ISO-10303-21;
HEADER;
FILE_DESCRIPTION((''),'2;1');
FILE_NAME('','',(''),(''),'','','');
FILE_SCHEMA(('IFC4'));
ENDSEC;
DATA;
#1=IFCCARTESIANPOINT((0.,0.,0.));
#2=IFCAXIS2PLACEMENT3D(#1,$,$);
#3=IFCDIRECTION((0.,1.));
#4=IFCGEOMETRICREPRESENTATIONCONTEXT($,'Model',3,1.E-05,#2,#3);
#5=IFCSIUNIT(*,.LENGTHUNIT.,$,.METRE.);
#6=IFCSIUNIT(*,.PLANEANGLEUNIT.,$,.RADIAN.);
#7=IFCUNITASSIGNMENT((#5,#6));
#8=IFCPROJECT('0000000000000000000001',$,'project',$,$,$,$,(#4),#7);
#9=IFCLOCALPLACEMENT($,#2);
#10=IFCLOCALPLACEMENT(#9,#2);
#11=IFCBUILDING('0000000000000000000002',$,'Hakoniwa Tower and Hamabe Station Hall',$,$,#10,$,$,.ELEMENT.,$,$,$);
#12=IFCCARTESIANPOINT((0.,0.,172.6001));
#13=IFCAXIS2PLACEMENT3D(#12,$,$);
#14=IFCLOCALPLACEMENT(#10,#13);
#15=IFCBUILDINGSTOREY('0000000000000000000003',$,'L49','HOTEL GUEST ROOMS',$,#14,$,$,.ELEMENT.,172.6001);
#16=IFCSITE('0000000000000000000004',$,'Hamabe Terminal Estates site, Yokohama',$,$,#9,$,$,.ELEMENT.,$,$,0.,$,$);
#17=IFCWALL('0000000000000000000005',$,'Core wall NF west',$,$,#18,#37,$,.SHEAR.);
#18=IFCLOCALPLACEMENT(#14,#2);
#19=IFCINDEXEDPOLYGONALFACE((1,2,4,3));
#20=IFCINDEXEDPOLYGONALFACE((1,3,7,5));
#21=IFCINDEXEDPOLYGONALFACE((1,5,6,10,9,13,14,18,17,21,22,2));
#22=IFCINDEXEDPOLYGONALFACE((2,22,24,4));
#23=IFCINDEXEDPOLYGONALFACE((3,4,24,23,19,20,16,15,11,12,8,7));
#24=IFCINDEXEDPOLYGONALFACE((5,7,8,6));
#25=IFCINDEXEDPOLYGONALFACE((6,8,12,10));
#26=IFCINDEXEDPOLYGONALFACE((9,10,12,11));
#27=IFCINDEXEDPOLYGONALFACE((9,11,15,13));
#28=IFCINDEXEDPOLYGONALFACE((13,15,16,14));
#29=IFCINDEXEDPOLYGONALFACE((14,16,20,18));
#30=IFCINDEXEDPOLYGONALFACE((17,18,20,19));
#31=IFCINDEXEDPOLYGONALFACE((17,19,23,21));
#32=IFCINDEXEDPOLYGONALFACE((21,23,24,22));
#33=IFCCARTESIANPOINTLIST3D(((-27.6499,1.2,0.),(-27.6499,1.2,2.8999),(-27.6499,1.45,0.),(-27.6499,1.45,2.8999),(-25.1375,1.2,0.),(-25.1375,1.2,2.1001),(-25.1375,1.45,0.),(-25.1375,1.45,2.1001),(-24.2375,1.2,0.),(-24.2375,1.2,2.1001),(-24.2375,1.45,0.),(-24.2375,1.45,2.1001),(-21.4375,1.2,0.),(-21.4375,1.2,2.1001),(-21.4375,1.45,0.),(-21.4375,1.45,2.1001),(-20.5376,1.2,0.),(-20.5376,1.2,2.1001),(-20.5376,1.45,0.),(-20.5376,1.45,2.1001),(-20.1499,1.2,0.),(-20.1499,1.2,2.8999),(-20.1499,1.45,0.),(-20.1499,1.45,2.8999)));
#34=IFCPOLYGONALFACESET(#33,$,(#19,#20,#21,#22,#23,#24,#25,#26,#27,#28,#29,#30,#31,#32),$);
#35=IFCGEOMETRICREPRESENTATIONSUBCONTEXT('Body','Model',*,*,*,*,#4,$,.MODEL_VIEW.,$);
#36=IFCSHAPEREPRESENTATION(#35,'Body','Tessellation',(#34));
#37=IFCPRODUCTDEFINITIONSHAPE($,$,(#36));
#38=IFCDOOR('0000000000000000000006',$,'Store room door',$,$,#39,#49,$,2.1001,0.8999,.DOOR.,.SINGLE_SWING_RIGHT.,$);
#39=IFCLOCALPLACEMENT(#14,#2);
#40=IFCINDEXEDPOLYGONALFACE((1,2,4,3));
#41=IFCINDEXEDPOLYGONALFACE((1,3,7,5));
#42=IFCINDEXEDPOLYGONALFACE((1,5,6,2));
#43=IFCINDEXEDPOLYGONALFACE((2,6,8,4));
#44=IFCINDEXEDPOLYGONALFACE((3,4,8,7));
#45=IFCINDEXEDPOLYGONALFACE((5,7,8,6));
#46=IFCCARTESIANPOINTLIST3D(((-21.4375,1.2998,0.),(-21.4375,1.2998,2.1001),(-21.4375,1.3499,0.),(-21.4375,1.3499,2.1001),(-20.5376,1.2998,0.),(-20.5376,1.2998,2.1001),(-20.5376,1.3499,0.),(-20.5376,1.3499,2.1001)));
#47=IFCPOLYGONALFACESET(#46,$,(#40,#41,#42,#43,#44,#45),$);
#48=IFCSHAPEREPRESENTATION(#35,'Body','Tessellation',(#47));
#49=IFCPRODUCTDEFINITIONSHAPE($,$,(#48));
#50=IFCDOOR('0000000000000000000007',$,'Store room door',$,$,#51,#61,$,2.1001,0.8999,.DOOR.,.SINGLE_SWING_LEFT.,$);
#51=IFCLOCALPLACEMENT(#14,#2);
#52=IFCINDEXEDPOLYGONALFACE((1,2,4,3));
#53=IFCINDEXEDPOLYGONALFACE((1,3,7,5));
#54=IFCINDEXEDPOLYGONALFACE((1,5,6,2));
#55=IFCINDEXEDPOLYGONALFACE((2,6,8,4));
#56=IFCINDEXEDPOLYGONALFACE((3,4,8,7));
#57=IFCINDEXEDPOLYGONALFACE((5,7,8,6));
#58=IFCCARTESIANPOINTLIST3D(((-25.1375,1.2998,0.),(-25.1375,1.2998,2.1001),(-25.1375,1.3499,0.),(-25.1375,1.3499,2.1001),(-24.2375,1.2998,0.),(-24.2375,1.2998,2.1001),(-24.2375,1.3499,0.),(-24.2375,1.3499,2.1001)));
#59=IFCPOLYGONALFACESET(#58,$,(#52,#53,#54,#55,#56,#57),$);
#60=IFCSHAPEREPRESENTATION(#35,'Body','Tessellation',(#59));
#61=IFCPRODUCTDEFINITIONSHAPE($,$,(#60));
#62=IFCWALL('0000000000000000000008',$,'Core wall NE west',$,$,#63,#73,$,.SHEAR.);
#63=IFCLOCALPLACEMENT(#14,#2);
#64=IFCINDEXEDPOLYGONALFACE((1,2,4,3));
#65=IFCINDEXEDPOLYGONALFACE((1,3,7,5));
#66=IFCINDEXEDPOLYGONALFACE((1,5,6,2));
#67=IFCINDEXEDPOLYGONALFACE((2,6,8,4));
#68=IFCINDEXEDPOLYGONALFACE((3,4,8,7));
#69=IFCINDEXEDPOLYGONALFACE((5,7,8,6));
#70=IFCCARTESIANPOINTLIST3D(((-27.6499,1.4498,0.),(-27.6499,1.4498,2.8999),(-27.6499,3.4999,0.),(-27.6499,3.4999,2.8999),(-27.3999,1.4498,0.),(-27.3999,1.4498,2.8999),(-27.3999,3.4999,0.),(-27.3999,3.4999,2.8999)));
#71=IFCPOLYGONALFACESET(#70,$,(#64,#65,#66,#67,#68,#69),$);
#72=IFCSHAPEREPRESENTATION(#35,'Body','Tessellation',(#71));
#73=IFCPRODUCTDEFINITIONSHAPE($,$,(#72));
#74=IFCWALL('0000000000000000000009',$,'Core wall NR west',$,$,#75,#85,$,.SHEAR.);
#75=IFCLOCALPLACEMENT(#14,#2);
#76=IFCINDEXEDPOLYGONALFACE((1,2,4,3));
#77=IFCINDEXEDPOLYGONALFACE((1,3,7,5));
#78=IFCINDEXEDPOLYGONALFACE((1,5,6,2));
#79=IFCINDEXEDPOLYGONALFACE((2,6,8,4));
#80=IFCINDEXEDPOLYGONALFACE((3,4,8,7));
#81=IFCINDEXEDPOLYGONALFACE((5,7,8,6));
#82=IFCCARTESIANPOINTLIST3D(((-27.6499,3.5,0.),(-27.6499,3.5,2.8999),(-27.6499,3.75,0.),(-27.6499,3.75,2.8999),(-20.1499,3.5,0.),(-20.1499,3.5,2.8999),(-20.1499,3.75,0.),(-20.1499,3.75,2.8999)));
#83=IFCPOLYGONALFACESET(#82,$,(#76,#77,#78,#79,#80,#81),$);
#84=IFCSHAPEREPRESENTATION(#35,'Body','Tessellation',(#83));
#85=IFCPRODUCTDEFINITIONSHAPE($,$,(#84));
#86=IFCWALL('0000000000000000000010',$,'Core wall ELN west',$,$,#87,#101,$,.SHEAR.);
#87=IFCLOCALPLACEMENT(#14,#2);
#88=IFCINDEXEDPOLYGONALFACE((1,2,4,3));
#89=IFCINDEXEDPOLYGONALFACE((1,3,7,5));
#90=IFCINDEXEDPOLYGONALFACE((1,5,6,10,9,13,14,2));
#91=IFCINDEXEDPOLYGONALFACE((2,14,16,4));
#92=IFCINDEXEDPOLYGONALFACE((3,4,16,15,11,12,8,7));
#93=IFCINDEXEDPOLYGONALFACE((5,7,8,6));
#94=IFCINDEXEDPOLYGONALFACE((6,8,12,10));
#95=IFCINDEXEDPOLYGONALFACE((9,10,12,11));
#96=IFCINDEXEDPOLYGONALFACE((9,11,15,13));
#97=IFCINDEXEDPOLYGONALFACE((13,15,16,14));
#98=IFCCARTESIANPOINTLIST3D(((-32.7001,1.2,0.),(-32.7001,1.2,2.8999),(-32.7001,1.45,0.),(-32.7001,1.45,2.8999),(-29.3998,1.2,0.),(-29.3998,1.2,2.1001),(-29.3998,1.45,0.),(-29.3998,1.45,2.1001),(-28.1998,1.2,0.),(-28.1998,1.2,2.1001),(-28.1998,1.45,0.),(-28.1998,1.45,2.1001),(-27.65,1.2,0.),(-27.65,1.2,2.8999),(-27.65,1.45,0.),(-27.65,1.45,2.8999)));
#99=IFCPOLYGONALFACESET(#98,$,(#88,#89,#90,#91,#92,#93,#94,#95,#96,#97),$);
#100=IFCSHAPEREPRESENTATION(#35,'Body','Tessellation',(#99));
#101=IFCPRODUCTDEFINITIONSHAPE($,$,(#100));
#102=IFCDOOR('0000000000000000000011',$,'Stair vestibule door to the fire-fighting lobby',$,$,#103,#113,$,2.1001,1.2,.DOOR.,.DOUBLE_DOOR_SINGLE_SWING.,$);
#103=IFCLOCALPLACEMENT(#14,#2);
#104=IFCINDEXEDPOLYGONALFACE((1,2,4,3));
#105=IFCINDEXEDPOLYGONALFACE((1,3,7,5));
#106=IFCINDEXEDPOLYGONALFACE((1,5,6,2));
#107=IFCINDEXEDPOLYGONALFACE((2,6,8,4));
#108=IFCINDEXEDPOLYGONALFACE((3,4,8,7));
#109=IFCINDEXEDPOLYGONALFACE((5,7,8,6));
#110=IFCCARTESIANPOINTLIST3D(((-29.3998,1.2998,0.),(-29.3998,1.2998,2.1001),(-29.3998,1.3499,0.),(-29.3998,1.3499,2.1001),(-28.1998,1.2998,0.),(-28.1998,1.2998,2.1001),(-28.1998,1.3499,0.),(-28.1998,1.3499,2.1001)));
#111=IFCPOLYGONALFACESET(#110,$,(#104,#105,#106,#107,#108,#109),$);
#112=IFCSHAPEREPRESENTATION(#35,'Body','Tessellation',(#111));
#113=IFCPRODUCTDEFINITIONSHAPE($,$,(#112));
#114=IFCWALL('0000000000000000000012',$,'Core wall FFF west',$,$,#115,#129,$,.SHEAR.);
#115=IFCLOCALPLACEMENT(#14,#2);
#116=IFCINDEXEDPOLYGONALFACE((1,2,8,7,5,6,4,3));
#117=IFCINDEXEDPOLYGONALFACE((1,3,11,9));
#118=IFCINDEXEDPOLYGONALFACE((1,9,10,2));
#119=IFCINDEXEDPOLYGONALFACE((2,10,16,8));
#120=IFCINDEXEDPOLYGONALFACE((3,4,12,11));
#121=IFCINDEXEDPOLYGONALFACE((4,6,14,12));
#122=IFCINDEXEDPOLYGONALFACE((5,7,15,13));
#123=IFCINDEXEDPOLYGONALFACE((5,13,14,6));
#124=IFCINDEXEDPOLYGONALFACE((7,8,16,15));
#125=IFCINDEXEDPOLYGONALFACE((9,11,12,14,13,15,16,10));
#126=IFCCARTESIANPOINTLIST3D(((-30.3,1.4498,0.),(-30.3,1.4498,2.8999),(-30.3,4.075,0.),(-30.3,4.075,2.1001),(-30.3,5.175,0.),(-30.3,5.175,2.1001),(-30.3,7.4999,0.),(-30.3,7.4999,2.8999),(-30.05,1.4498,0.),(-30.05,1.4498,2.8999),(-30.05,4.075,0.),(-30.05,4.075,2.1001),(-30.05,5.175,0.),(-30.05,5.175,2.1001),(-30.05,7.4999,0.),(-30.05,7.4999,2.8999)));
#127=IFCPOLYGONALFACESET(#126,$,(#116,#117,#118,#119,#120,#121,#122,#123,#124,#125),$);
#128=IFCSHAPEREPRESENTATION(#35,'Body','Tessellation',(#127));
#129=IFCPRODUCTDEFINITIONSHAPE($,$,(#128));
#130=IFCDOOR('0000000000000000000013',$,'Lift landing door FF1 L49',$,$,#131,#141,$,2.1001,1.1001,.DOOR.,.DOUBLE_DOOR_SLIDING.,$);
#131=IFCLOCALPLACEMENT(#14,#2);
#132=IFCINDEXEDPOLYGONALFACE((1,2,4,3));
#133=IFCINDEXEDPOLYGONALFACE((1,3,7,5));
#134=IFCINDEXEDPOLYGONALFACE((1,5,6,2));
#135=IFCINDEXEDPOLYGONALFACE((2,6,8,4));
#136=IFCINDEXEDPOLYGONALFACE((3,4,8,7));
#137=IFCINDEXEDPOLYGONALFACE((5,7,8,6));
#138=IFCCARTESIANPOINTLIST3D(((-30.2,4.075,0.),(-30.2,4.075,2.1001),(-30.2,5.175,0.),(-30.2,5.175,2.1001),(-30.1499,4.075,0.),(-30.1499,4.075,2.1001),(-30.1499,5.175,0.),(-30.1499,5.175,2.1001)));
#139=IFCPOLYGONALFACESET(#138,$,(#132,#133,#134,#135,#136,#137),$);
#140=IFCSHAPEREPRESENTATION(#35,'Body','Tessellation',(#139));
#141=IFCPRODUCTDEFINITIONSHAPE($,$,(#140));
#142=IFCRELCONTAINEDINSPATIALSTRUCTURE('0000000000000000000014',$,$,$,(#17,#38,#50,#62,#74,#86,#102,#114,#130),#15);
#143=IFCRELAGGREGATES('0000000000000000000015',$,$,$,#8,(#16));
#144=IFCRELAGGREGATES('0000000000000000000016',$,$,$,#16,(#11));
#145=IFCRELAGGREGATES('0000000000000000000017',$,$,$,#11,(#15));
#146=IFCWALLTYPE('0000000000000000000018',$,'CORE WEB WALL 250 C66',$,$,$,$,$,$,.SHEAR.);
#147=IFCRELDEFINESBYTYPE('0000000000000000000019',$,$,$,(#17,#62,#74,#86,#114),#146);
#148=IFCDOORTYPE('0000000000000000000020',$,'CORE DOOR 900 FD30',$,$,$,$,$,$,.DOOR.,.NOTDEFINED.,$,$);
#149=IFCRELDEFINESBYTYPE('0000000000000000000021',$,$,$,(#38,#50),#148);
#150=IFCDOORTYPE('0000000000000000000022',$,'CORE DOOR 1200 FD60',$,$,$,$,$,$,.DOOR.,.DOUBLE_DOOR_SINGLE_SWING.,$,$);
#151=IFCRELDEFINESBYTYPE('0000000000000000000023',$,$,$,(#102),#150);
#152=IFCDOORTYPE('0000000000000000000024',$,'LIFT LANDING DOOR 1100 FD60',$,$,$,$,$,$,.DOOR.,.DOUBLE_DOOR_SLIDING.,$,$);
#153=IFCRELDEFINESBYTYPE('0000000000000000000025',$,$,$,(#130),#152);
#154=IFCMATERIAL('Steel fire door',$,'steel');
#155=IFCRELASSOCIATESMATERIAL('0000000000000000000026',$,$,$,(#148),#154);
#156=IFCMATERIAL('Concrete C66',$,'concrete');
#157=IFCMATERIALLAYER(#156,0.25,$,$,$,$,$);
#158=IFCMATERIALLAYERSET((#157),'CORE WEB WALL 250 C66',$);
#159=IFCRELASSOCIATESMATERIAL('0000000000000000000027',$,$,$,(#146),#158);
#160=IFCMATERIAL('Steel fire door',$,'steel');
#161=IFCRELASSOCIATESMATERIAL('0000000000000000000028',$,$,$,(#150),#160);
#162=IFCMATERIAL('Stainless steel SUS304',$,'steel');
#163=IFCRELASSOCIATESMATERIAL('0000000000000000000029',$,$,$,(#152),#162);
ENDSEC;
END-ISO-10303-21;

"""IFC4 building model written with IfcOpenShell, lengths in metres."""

from ifc_helpers import new_model, si_unit, direction, frame, frame_2d, origin, place, context, subcontext, project, spatial, rectangle, extrude, material, layer, layer_set, type_object, element, fill, save


model = new_model("IFC4")

# Units and contexts
model_context = context("Model", 3, precision=1e-05, world=origin(), true_north=direction((0.0, 1.0)))
body_context = subcontext(model_context, "Body", "Model", "MODEL_VIEW")
ifc_project = project(units=[si_unit("LENGTHUNIT", "METRE"), si_unit("PLANEANGLEUNIT", "RADIAN")], contexts=[model_context])

# Site, building, storey
site_placement = place(None, origin())
site = spatial("IfcSite", under=ifc_project, at=site_placement, Name="Hamabe Terminal Estates site, Yokohama", CompositionType="ELEMENT", RefElevation=0.0)
building_placement = place(site_placement, origin())
building = spatial("IfcBuilding", under=site, at=building_placement, Name="Hakoniwa Tower and Hamabe Station Hall", CompositionType="ELEMENT")
storey_placement = place(building_placement, frame((0.0, 0.0, 172.6001)))
storey = spatial("IfcBuildingStorey", under=building, at=storey_placement, Name="L49", Description="HOTEL GUEST ROOMS", CompositionType="ELEMENT", Elevation=172.6001)

# Shared definitions
ifc_material_1 = material(Name="Steel fire door", Category="steel")
door_type_1 = type_object("IfcDoorType", Name="CORE DOOR 900 FD30", OperationType="NOTDEFINED", PredefinedType="DOOR", material=ifc_material_1)

# Wall, openings, doors
ifc_material_2 = material(Name="Concrete C66", Category="concrete")
ifc_layer_1 = layer(ifc_material_2, 0.25)
ifc_layer_set_1 = layer_set([ifc_layer_1], Name="CORE WEB WALL 250 C66")
wall_type_1 = type_object("IfcWallType", Name="CORE WEB WALL 250 C66", PredefinedType="SHEAR", material=ifc_layer_set_1)
wall_1_placement = place(storey_placement, frame((-27.6499, 1.325, 0.0), z_axis=(0.0, 0.0, 1.0), x_axis=(1.0, 0.0, 0.0)))
wall_1 = element("IfcWall", 1, at=wall_1_placement, inside=storey, type_object=wall_type_1, Name="Core wall NF west", PredefinedType="SHEAR", context=body_context, shape_type="SweptSolid", body=[
    extrude(rectangle(XDim=7.5, YDim=0.25, at=frame_2d((3.75, 0.0))), origin(), (0.0, 0.0, 1.0), 2.8999),
])
opening_1_placement = place(wall_1_placement, frame((6.2124, 0.0, 0.0)))
opening_1 = element("IfcOpeningElement", 2, at=opening_1_placement, cuts=wall_1, PredefinedType="OPENING", context=body_context, shape_type="SweptSolid", body=[
    extrude(rectangle(XDim=0.8999, YDim=2.1001, at=frame_2d((0.45, 1.05))), frame((0.0, 0.135, 0.0), z_axis=(0.0, -1.0, 0.0), x_axis=(1.0, 0.0, 0.0)), (0.0, 0.0, 1.0), 0.27),
])
opening_2_placement = place(wall_1_placement, frame((2.5125, 0.0, 0.0)))
opening_2 = element("IfcOpeningElement", 3, at=opening_2_placement, cuts=wall_1, PredefinedType="OPENING", context=body_context, shape_type="SweptSolid", body=[
    extrude(rectangle(XDim=0.8999, YDim=2.1001, at=frame_2d((0.45, 1.05))), frame((0.0, 0.135, 0.0), z_axis=(0.0, -1.0, 0.0), x_axis=(1.0, 0.0, 0.0)), (0.0, 0.0, 1.0), 0.27),
])
door_1_placement = place(opening_1_placement, origin())
door_1 = element("IfcDoor", 4, at=door_1_placement, inside=storey, type_object=door_type_1, Name="Store room door", OperationType="SINGLE_SWING_RIGHT", OverallHeight=2.1001, OverallWidth=0.8999, PredefinedType="DOOR", context=body_context, shape_type="SweptSolid", body=[
    extrude(rectangle(XDim=0.8999, YDim=2.1001, at=frame_2d((0.45, 1.05))), frame((0.0, 0.0249, 0.0), z_axis=(0.0, -1.0, 0.0), x_axis=(1.0, 0.0, 0.0)), (0.0, 0.0, 1.0), 0.05),
])
fill(opening_1, door_1)
door_2_placement = place(opening_2_placement, origin())
door_2 = element("IfcDoor", 5, at=door_2_placement, inside=storey, type_object=door_type_1, Name="Store room door", OperationType="SINGLE_SWING_LEFT", OverallHeight=2.1001, OverallWidth=0.8999, PredefinedType="DOOR", context=body_context, shape_type="SweptSolid", body=[
    extrude(rectangle(XDim=0.8999, YDim=2.1001, at=frame_2d((0.45, 1.05))), frame((0.0, 0.0249, 0.0), z_axis=(0.0, -1.0, 0.0), x_axis=(1.0, 0.0, 0.0)), (0.0, 0.0, 1.0), 0.05),
])
fill(opening_2, door_2)

# Walls
wall_2_placement = place(storey_placement, frame((-27.5249, 1.45, 0.0), z_axis=(0.0, 0.0, 1.0), x_axis=(0.0, 1.0, 0.0)))
element("IfcWall", 6, at=wall_2_placement, inside=storey, type_object=wall_type_1, Name="Core wall NE west", PredefinedType="SHEAR", context=body_context, shape_type="SweptSolid", body=[
    extrude(rectangle(XDim=2.05, YDim=0.25, at=frame_2d((1.0249, 0.0))), origin(), (0.0, 0.0, 1.0), 2.8999),
])
wall_3_placement = place(storey_placement, frame((-27.6499, 3.625, 0.0), z_axis=(0.0, 0.0, 1.0), x_axis=(1.0, 0.0, 0.0)))
element("IfcWall", 7, at=wall_3_placement, inside=storey, type_object=wall_type_1, Name="Core wall NR west", PredefinedType="SHEAR", context=body_context, shape_type="SweptSolid", body=[
    extrude(rectangle(XDim=7.5, YDim=0.25, at=frame_2d((3.75, 0.0))), origin(), (0.0, 0.0, 1.0), 2.8999),
])

# Walls, openings, doors
wall_4_placement = place(storey_placement, frame((-32.7, 1.325, 0.0), z_axis=(0.0, 0.0, 1.0), x_axis=(1.0, 0.0, 0.0)))
wall_4 = element("IfcWall", 8, at=wall_4_placement, inside=storey, type_object=wall_type_1, Name="Core wall ELN west", PredefinedType="SHEAR", context=body_context, shape_type="SweptSolid", body=[
    extrude(rectangle(XDim=5.05, YDim=0.25, at=frame_2d((2.5249, 0.0))), origin(), (0.0, 0.0, 1.0), 2.8999),
])
opening_3_placement = place(wall_4_placement, frame((3.3, 0.0, 0.0)))
opening_3 = element("IfcOpeningElement", 9, at=opening_3_placement, cuts=wall_4, PredefinedType="OPENING", context=body_context, shape_type="SweptSolid", body=[
    extrude(rectangle(XDim=1.2, YDim=2.1001, at=frame_2d((0.6001, 1.05))), frame((0.0, 0.135, 0.0), z_axis=(0.0, -1.0, 0.0), x_axis=(1.0, 0.0, 0.0)), (0.0, 0.0, 1.0), 0.27),
])
ifc_material_3 = material(Name="Steel fire door", Category="steel")
door_type_2 = type_object("IfcDoorType", Name="CORE DOOR 1200 FD60", OperationType="DOUBLE_DOOR_SINGLE_SWING", PredefinedType="DOOR", material=ifc_material_3)
door_3_placement = place(opening_3_placement, origin())
door_3 = element("IfcDoor", 10, at=door_3_placement, inside=storey, type_object=door_type_2, Name="Stair vestibule door to the fire-fighting lobby", OperationType="DOUBLE_DOOR_SINGLE_SWING", OverallHeight=2.1001, OverallWidth=1.2, PredefinedType="DOOR", context=body_context, shape_type="SweptSolid", body=[
    extrude(rectangle(XDim=1.2, YDim=2.1001, at=frame_2d((0.6001, 1.05))), frame((0.0, 0.0249, 0.0), z_axis=(0.0, -1.0, 0.0), x_axis=(1.0, 0.0, 0.0)), (0.0, 0.0, 1.0), 0.05),
])
fill(opening_3, door_3)
wall_5_placement = place(storey_placement, frame((-30.175, 1.45, 0.0), z_axis=(0.0, 0.0, 1.0), x_axis=(0.0, 1.0, 0.0)))
wall_5 = element("IfcWall", 11, at=wall_5_placement, inside=storey, type_object=wall_type_1, Name="Core wall FFF west", PredefinedType="SHEAR", context=body_context, shape_type="SweptSolid", body=[
    extrude(rectangle(XDim=6.05, YDim=0.25, at=frame_2d((3.0249, 0.0))), origin(), (0.0, 0.0, 1.0), 2.8999),
])
opening_4_placement = place(wall_5_placement, frame((2.625, 0.0, 0.0)))
opening_4 = element("IfcOpeningElement", 12, at=opening_4_placement, cuts=wall_5, PredefinedType="OPENING", context=body_context, shape_type="SweptSolid", body=[
    extrude(rectangle(XDim=1.1001, YDim=2.1001, at=frame_2d((0.55, 1.05))), frame((0.0, 0.135, 0.0), z_axis=(0.0, -1.0, 0.0), x_axis=(1.0, 0.0, 0.0)), (0.0, 0.0, 1.0), 0.27),
])
ifc_material_4 = material(Name="Stainless steel SUS304", Category="steel")
door_type_3 = type_object("IfcDoorType", Name="LIFT LANDING DOOR 1100 FD60", OperationType="DOUBLE_DOOR_SLIDING", PredefinedType="DOOR", material=ifc_material_4)
door_4_placement = place(opening_4_placement, origin())
door_4 = element("IfcDoor", 13, at=door_4_placement, inside=storey, type_object=door_type_3, Name="Lift landing door FF1 L49", OperationType="DOUBLE_DOOR_SLIDING", OverallHeight=2.1001, OverallWidth=1.1001, PredefinedType="DOOR", context=body_context, shape_type="SweptSolid", body=[
    extrude(rectangle(XDim=1.1001, YDim=2.1001, at=frame_2d((0.55, 1.05))), frame((0.0, 0.0249, 0.0), z_axis=(0.0, -1.0, 0.0), x_axis=(1.0, 0.0, 0.0)), (0.0, 0.0, 1.0), 0.05),
])
fill(opening_4, door_4)

save(model, "model.ifc")
